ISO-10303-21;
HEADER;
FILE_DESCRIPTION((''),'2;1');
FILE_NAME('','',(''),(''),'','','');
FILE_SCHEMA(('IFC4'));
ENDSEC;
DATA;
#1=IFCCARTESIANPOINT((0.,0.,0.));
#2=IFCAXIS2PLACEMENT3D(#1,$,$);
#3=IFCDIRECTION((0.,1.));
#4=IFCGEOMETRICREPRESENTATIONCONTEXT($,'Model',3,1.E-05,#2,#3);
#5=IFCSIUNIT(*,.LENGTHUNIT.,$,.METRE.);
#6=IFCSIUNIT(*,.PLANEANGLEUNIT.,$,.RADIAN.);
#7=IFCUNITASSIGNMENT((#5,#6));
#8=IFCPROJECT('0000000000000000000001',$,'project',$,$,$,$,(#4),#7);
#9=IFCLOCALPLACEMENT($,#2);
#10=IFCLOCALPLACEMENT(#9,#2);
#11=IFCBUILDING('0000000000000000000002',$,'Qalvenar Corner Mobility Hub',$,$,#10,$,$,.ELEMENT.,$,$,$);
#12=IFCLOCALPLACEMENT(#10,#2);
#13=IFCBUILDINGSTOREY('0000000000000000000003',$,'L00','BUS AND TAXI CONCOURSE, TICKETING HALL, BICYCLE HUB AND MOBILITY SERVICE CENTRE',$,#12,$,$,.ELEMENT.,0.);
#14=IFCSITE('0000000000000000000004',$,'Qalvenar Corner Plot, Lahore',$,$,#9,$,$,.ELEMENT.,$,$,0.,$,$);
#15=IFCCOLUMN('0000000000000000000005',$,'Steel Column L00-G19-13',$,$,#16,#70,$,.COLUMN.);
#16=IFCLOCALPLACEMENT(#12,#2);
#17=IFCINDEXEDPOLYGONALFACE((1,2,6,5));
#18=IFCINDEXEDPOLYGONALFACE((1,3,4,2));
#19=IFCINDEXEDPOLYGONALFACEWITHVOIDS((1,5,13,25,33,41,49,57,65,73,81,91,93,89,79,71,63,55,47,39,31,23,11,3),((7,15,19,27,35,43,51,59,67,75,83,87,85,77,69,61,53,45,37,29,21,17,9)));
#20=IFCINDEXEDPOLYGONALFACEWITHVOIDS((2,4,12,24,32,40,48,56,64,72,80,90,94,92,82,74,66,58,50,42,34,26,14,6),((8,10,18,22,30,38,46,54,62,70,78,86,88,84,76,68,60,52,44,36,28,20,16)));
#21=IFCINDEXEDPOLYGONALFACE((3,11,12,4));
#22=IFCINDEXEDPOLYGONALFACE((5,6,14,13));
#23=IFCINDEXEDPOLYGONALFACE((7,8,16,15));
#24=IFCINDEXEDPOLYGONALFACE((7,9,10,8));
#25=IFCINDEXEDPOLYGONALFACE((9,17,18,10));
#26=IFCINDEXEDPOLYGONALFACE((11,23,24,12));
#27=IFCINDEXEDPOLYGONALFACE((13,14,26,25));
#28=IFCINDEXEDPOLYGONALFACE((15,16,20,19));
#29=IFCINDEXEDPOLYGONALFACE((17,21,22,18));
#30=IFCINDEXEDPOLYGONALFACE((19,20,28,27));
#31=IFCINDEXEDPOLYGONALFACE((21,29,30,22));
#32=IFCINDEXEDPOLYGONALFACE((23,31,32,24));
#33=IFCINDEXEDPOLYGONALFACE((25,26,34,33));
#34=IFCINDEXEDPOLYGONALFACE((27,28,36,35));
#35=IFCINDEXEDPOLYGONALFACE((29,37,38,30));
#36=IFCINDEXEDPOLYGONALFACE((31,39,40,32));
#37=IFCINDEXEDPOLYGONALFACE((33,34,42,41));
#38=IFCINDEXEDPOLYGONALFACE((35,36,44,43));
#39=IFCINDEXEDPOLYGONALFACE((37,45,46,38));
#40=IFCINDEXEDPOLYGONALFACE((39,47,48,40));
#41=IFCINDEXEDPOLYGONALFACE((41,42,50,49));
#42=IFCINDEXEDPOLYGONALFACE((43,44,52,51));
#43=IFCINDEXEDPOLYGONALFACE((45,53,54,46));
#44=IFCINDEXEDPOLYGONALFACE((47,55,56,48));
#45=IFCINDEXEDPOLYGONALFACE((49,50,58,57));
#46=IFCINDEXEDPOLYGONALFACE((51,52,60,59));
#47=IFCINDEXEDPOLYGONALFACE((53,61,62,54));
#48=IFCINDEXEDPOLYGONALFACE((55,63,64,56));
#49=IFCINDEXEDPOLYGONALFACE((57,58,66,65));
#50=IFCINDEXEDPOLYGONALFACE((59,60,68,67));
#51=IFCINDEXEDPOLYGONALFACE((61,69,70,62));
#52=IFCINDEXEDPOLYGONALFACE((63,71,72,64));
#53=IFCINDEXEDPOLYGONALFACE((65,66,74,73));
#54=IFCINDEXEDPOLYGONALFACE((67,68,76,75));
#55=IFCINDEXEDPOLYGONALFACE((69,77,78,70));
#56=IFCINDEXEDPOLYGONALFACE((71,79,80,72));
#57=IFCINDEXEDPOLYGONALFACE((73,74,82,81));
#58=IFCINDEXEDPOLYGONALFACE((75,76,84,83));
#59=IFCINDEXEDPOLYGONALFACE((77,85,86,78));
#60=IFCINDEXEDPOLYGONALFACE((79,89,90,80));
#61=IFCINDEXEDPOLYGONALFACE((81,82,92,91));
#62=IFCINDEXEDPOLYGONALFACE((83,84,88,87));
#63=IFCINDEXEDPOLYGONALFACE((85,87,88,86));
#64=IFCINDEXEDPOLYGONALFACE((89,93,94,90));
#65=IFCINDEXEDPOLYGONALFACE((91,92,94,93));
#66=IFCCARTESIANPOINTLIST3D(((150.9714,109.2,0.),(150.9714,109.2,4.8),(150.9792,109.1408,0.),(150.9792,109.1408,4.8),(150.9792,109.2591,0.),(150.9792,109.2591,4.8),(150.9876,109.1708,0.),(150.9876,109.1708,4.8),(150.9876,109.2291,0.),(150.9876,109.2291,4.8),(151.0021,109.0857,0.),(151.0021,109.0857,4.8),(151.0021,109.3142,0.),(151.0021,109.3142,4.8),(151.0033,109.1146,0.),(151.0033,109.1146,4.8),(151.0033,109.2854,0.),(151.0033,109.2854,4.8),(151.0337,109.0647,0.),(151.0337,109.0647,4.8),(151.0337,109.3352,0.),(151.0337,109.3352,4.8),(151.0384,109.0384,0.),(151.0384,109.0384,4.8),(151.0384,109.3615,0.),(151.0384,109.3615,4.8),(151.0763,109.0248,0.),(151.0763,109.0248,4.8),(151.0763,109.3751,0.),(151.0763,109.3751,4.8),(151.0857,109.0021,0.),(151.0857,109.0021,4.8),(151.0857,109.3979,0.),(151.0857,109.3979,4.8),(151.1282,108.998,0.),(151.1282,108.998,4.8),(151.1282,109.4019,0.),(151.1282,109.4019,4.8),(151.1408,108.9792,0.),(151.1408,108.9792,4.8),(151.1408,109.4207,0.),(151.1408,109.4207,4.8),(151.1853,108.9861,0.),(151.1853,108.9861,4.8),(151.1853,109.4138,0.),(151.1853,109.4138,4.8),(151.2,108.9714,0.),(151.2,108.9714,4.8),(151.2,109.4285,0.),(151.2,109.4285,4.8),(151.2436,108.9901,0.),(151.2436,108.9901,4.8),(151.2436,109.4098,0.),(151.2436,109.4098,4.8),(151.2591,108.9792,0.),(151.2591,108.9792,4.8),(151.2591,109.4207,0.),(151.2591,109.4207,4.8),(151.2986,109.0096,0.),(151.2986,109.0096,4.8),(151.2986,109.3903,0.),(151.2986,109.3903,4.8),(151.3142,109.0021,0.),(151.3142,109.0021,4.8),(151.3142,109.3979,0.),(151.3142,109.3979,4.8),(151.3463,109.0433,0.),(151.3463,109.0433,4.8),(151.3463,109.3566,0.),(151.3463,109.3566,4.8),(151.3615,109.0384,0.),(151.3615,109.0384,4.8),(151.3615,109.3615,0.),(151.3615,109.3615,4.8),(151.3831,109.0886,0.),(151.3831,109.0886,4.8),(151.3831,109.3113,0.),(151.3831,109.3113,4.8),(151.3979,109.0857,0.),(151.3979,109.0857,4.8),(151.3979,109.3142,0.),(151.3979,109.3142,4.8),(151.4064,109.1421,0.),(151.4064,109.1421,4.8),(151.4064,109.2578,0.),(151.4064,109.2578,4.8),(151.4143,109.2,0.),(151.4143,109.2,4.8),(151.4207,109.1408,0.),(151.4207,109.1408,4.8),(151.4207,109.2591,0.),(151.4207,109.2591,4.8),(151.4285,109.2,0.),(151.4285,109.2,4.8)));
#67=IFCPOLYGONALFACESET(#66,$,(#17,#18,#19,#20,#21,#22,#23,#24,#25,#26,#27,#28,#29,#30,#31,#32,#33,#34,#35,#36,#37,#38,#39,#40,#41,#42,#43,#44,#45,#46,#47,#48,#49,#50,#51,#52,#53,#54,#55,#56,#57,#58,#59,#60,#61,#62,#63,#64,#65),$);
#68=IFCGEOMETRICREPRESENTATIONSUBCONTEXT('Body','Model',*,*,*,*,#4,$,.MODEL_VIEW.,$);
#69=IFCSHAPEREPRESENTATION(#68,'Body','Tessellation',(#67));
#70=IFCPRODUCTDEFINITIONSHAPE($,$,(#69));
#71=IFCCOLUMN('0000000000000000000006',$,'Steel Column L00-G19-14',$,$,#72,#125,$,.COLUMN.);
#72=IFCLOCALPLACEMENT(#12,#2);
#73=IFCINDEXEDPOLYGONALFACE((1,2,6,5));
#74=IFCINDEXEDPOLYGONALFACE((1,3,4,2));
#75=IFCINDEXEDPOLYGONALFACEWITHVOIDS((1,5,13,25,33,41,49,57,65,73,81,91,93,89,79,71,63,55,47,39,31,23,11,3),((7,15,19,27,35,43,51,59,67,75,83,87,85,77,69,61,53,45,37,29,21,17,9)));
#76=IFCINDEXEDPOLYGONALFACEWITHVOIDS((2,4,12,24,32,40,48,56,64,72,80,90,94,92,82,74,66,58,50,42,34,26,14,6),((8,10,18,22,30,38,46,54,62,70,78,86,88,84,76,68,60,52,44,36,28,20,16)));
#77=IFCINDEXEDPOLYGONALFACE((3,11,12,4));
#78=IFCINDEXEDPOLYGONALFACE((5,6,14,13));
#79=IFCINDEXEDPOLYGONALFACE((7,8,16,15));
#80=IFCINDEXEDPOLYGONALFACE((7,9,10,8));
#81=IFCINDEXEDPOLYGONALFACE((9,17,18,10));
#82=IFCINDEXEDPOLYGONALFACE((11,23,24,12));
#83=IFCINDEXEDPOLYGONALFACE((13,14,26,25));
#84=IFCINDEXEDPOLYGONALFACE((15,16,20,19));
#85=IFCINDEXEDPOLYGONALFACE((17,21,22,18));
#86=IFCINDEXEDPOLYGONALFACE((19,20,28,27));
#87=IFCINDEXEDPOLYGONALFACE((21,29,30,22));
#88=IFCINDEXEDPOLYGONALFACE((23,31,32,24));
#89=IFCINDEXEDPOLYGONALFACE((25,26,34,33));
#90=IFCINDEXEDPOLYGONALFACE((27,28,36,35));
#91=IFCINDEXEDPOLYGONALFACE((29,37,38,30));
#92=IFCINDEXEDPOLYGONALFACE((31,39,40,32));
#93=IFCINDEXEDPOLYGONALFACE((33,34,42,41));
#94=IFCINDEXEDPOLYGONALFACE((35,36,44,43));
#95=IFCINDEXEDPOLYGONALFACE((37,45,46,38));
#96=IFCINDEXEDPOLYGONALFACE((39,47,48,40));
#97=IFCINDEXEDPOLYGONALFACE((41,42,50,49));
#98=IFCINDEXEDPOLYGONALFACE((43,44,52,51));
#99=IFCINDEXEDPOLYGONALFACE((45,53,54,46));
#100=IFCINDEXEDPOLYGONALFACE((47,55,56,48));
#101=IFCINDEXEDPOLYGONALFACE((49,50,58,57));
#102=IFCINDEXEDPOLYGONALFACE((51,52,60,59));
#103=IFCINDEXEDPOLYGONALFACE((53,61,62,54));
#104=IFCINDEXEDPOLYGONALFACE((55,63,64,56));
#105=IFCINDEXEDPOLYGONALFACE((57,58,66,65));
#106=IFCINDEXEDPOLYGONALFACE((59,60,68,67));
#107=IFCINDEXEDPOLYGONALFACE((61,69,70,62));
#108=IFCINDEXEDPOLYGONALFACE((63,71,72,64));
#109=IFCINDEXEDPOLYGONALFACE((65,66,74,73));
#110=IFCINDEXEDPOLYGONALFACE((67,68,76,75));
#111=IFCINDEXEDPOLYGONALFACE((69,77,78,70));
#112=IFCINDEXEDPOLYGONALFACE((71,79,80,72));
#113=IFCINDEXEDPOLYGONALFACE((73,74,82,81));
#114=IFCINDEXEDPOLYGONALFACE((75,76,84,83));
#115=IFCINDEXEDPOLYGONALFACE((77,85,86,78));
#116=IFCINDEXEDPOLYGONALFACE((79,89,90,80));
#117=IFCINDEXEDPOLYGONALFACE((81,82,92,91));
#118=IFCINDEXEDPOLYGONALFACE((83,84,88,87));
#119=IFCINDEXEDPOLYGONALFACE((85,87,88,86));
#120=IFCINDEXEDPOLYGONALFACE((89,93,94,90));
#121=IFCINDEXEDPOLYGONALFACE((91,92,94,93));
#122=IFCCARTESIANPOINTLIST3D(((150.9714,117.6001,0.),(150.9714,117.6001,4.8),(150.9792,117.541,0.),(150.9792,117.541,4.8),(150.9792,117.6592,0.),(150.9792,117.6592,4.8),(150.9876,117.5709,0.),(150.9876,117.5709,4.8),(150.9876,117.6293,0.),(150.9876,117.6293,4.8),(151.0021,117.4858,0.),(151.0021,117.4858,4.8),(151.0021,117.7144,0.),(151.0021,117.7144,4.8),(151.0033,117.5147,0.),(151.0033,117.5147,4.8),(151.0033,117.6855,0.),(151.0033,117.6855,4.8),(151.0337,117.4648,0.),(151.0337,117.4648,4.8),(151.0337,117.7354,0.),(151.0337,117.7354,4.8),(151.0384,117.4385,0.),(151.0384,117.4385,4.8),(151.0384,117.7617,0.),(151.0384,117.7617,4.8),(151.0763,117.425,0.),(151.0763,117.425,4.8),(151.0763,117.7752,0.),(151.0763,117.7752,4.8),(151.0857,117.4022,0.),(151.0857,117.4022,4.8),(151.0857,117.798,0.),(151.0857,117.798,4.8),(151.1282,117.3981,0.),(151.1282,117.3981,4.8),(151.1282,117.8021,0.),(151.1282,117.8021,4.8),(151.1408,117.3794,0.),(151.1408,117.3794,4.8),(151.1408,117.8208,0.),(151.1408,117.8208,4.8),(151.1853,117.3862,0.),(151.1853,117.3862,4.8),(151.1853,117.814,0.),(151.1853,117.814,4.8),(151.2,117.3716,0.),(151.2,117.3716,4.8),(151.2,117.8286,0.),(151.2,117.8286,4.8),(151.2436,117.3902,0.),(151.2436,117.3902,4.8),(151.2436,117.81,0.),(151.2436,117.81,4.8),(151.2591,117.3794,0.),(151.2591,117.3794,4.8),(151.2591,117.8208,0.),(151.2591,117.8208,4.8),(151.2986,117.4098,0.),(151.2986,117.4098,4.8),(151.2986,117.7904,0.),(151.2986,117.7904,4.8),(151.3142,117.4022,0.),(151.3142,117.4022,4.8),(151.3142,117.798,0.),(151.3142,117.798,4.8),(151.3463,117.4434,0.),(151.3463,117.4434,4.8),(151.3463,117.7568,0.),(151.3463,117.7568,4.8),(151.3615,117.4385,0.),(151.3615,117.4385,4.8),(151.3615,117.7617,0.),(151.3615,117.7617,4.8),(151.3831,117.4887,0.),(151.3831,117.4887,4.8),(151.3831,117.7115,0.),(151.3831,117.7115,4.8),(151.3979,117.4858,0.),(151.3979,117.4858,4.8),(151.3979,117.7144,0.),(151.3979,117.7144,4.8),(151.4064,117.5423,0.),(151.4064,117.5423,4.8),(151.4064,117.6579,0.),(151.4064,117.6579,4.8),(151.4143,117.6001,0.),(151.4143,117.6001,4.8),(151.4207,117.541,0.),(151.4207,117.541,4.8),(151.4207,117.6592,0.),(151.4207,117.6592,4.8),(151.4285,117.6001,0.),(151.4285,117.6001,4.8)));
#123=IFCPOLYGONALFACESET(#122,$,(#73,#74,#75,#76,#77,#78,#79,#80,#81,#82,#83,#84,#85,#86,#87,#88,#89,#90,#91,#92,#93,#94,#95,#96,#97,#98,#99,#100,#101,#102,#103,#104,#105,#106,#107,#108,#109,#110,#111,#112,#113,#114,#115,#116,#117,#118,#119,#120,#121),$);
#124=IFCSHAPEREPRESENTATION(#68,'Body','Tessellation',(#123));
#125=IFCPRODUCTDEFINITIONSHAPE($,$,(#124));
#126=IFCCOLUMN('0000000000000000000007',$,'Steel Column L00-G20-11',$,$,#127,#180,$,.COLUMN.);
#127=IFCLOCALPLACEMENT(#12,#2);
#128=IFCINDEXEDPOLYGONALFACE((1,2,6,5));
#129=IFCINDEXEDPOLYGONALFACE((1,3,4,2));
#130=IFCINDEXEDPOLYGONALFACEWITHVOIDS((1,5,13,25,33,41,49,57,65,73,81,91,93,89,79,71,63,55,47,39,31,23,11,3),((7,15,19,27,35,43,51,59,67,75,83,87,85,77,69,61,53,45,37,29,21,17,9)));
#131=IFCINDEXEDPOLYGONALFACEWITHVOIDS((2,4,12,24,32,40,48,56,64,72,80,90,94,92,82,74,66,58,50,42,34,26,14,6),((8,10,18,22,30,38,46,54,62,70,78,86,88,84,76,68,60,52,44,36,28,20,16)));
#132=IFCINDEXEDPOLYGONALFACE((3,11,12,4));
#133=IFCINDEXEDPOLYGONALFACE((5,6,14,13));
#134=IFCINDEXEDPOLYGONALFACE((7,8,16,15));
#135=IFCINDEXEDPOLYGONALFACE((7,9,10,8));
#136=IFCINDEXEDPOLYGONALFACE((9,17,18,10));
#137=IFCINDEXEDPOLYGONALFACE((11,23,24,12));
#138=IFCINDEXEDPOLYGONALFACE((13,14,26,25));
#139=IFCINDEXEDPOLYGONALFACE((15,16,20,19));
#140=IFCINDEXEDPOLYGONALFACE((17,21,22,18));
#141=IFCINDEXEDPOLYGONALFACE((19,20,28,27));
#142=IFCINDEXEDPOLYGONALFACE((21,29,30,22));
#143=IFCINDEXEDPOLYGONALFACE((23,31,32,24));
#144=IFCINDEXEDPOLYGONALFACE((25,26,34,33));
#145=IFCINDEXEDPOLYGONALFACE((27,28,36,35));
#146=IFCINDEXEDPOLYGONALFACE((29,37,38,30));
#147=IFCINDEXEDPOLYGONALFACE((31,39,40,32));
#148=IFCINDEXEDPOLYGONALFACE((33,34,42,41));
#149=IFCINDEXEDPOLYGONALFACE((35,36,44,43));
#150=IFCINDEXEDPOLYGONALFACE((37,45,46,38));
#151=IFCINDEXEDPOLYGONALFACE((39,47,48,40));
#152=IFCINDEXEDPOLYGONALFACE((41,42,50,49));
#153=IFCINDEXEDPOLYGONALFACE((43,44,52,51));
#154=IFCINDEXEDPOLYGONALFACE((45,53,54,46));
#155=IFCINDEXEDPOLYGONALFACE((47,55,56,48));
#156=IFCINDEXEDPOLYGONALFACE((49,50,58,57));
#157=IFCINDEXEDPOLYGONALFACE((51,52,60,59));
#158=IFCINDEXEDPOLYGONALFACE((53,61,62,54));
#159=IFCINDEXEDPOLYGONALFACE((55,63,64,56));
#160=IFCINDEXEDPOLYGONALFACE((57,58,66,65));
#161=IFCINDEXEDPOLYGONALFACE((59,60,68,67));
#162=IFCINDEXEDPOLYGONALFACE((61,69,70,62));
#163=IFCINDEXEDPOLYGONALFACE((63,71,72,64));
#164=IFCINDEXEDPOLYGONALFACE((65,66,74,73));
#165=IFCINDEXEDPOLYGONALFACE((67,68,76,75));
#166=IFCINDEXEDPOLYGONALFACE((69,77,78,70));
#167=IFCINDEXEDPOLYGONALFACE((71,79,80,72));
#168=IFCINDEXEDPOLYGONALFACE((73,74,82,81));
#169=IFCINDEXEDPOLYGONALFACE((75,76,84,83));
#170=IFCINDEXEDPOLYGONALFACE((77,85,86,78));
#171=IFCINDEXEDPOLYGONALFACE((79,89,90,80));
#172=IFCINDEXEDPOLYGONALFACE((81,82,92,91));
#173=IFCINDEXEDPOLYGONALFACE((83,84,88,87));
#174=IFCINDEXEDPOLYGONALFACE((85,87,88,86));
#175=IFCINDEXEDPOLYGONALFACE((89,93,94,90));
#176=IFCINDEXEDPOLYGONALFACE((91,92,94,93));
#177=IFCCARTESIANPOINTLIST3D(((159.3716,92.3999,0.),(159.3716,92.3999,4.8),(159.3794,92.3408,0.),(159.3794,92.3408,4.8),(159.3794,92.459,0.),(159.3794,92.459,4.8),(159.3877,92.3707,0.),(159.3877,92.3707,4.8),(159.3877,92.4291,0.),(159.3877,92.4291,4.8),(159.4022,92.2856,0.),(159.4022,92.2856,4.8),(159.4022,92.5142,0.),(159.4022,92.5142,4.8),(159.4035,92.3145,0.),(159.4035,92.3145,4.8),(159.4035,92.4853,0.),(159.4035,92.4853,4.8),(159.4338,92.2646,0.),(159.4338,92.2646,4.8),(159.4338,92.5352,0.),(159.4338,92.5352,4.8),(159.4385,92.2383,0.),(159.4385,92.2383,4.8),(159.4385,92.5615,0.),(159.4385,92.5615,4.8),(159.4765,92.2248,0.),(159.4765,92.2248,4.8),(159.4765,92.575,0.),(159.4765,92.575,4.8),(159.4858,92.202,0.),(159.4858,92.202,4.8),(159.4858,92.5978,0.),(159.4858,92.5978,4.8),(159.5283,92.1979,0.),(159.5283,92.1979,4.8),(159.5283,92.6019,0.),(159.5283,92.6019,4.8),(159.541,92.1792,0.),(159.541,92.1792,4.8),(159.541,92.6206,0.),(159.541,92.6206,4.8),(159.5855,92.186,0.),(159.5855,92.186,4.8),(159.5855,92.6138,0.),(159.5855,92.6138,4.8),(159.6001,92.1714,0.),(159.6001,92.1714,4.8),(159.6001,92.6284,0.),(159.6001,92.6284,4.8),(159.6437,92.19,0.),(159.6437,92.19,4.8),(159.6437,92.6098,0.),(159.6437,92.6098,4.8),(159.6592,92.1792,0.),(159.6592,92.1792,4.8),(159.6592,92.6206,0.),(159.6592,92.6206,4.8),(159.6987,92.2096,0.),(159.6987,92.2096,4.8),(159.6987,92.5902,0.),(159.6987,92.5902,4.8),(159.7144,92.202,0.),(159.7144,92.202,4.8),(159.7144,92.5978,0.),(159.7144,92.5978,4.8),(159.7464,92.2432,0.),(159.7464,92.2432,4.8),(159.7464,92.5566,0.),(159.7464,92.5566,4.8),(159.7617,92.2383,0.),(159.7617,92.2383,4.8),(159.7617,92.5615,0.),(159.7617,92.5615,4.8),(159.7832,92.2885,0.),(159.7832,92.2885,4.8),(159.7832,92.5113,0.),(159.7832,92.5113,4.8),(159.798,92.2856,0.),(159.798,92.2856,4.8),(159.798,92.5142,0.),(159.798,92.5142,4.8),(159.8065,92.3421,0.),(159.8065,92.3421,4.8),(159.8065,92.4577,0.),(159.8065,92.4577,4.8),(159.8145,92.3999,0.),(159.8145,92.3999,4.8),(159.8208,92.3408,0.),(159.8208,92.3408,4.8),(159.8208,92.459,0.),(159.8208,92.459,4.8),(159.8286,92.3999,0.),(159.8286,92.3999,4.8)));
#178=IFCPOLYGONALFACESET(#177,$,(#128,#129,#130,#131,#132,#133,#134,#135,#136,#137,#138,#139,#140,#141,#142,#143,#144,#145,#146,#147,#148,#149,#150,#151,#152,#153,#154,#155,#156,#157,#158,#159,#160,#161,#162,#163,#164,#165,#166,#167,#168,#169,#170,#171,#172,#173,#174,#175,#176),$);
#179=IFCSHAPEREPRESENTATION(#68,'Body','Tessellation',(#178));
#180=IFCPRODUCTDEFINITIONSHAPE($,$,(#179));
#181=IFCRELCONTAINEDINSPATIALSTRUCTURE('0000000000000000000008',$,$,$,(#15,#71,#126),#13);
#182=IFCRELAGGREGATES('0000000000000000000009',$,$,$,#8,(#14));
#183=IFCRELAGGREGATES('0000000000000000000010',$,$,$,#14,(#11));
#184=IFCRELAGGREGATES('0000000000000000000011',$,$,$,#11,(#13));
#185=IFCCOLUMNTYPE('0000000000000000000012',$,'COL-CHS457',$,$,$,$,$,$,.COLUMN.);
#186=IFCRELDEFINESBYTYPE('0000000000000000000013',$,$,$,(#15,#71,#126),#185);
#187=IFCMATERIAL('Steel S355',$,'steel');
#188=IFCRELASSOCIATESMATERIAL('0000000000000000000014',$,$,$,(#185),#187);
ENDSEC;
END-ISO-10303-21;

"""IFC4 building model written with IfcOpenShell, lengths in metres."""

from ifc_helpers import new_model, si_unit, direction, frame, origin, origin_2d, place, context, subcontext, project, spatial, hollow_circle, extrude, material, material_profile, profile_set, type_object, element, save


model = new_model("IFC4")

# Units and contexts
model_context = context("Model", 3, precision=1e-05, world=origin(), true_north=direction((0.0, 1.0)))
body_context = subcontext(model_context, "Body", "Model", "MODEL_VIEW")
ifc_project = project(units=[si_unit("LENGTHUNIT", "METRE"), si_unit("PLANEANGLEUNIT", "RADIAN")], contexts=[model_context])

# Site, building, storey
site_placement = place(None, origin())
site = spatial("IfcSite", under=ifc_project, at=site_placement, Name="Qalvenar Corner Plot, Lahore", CompositionType="ELEMENT", RefElevation=0.0)
building_placement = place(site_placement, origin())
building = spatial("IfcBuilding", under=site, at=building_placement, Name="Qalvenar Corner Mobility Hub", CompositionType="ELEMENT")
storey_placement = place(building_placement, origin())
storey = spatial("IfcBuildingStorey", under=building, at=storey_placement, Name="L00", Description="BUS AND TAXI CONCOURSE, TICKETING HALL, BICYCLE HUB AND MOBILITY SERVICE CENTRE", CompositionType="ELEMENT", Elevation=0.0)

# Columns
ifc_material_1 = material(Name="Steel S355", Category="steel")
ifc_material_profile_1 = material_profile(ifc_material_1, hollow_circle(Radius=0.2285, WallThickness=0.0142, at=origin_2d()), Name="CHS457x14.2")
ifc_profile_set_1 = profile_set([ifc_material_profile_1], Name="Steel S355")
column_type = type_object("IfcColumnType", Name="COL-CHS457", PredefinedType="COLUMN", material=ifc_profile_set_1)
for number, where, z_axis, x_axis, name in (
    (1, (151.2, 109.2, 0.0), (0.0, 0.0, 1.0), (1.0, 0.0, 0.0), "Steel Column L00-G19-13"),
    (2, (151.2, 117.6001, 0.0), (0.0, 0.0, 1.0), (1.0, 0.0, 0.0), "Steel Column L00-G19-14"),
    (3, (159.6001, 92.3999, 0.0), (0.0, 0.0, 1.0), (1.0, 0.0, 0.0), "Steel Column L00-G20-11"),
):
    element("IfcColumn", number, at=place(storey_placement, frame(where, z_axis=z_axis, x_axis=x_axis)), inside=storey, type_object=column_type, Name=name, PredefinedType="COLUMN", context=body_context, shape_type="SweptSolid", body=[
        extrude(hollow_circle(Radius=0.2285, WallThickness=0.0142, at=origin_2d()), origin(), (0.0, 0.0, 1.0), 4.8),
    ])

save(model, "model.ifc")
